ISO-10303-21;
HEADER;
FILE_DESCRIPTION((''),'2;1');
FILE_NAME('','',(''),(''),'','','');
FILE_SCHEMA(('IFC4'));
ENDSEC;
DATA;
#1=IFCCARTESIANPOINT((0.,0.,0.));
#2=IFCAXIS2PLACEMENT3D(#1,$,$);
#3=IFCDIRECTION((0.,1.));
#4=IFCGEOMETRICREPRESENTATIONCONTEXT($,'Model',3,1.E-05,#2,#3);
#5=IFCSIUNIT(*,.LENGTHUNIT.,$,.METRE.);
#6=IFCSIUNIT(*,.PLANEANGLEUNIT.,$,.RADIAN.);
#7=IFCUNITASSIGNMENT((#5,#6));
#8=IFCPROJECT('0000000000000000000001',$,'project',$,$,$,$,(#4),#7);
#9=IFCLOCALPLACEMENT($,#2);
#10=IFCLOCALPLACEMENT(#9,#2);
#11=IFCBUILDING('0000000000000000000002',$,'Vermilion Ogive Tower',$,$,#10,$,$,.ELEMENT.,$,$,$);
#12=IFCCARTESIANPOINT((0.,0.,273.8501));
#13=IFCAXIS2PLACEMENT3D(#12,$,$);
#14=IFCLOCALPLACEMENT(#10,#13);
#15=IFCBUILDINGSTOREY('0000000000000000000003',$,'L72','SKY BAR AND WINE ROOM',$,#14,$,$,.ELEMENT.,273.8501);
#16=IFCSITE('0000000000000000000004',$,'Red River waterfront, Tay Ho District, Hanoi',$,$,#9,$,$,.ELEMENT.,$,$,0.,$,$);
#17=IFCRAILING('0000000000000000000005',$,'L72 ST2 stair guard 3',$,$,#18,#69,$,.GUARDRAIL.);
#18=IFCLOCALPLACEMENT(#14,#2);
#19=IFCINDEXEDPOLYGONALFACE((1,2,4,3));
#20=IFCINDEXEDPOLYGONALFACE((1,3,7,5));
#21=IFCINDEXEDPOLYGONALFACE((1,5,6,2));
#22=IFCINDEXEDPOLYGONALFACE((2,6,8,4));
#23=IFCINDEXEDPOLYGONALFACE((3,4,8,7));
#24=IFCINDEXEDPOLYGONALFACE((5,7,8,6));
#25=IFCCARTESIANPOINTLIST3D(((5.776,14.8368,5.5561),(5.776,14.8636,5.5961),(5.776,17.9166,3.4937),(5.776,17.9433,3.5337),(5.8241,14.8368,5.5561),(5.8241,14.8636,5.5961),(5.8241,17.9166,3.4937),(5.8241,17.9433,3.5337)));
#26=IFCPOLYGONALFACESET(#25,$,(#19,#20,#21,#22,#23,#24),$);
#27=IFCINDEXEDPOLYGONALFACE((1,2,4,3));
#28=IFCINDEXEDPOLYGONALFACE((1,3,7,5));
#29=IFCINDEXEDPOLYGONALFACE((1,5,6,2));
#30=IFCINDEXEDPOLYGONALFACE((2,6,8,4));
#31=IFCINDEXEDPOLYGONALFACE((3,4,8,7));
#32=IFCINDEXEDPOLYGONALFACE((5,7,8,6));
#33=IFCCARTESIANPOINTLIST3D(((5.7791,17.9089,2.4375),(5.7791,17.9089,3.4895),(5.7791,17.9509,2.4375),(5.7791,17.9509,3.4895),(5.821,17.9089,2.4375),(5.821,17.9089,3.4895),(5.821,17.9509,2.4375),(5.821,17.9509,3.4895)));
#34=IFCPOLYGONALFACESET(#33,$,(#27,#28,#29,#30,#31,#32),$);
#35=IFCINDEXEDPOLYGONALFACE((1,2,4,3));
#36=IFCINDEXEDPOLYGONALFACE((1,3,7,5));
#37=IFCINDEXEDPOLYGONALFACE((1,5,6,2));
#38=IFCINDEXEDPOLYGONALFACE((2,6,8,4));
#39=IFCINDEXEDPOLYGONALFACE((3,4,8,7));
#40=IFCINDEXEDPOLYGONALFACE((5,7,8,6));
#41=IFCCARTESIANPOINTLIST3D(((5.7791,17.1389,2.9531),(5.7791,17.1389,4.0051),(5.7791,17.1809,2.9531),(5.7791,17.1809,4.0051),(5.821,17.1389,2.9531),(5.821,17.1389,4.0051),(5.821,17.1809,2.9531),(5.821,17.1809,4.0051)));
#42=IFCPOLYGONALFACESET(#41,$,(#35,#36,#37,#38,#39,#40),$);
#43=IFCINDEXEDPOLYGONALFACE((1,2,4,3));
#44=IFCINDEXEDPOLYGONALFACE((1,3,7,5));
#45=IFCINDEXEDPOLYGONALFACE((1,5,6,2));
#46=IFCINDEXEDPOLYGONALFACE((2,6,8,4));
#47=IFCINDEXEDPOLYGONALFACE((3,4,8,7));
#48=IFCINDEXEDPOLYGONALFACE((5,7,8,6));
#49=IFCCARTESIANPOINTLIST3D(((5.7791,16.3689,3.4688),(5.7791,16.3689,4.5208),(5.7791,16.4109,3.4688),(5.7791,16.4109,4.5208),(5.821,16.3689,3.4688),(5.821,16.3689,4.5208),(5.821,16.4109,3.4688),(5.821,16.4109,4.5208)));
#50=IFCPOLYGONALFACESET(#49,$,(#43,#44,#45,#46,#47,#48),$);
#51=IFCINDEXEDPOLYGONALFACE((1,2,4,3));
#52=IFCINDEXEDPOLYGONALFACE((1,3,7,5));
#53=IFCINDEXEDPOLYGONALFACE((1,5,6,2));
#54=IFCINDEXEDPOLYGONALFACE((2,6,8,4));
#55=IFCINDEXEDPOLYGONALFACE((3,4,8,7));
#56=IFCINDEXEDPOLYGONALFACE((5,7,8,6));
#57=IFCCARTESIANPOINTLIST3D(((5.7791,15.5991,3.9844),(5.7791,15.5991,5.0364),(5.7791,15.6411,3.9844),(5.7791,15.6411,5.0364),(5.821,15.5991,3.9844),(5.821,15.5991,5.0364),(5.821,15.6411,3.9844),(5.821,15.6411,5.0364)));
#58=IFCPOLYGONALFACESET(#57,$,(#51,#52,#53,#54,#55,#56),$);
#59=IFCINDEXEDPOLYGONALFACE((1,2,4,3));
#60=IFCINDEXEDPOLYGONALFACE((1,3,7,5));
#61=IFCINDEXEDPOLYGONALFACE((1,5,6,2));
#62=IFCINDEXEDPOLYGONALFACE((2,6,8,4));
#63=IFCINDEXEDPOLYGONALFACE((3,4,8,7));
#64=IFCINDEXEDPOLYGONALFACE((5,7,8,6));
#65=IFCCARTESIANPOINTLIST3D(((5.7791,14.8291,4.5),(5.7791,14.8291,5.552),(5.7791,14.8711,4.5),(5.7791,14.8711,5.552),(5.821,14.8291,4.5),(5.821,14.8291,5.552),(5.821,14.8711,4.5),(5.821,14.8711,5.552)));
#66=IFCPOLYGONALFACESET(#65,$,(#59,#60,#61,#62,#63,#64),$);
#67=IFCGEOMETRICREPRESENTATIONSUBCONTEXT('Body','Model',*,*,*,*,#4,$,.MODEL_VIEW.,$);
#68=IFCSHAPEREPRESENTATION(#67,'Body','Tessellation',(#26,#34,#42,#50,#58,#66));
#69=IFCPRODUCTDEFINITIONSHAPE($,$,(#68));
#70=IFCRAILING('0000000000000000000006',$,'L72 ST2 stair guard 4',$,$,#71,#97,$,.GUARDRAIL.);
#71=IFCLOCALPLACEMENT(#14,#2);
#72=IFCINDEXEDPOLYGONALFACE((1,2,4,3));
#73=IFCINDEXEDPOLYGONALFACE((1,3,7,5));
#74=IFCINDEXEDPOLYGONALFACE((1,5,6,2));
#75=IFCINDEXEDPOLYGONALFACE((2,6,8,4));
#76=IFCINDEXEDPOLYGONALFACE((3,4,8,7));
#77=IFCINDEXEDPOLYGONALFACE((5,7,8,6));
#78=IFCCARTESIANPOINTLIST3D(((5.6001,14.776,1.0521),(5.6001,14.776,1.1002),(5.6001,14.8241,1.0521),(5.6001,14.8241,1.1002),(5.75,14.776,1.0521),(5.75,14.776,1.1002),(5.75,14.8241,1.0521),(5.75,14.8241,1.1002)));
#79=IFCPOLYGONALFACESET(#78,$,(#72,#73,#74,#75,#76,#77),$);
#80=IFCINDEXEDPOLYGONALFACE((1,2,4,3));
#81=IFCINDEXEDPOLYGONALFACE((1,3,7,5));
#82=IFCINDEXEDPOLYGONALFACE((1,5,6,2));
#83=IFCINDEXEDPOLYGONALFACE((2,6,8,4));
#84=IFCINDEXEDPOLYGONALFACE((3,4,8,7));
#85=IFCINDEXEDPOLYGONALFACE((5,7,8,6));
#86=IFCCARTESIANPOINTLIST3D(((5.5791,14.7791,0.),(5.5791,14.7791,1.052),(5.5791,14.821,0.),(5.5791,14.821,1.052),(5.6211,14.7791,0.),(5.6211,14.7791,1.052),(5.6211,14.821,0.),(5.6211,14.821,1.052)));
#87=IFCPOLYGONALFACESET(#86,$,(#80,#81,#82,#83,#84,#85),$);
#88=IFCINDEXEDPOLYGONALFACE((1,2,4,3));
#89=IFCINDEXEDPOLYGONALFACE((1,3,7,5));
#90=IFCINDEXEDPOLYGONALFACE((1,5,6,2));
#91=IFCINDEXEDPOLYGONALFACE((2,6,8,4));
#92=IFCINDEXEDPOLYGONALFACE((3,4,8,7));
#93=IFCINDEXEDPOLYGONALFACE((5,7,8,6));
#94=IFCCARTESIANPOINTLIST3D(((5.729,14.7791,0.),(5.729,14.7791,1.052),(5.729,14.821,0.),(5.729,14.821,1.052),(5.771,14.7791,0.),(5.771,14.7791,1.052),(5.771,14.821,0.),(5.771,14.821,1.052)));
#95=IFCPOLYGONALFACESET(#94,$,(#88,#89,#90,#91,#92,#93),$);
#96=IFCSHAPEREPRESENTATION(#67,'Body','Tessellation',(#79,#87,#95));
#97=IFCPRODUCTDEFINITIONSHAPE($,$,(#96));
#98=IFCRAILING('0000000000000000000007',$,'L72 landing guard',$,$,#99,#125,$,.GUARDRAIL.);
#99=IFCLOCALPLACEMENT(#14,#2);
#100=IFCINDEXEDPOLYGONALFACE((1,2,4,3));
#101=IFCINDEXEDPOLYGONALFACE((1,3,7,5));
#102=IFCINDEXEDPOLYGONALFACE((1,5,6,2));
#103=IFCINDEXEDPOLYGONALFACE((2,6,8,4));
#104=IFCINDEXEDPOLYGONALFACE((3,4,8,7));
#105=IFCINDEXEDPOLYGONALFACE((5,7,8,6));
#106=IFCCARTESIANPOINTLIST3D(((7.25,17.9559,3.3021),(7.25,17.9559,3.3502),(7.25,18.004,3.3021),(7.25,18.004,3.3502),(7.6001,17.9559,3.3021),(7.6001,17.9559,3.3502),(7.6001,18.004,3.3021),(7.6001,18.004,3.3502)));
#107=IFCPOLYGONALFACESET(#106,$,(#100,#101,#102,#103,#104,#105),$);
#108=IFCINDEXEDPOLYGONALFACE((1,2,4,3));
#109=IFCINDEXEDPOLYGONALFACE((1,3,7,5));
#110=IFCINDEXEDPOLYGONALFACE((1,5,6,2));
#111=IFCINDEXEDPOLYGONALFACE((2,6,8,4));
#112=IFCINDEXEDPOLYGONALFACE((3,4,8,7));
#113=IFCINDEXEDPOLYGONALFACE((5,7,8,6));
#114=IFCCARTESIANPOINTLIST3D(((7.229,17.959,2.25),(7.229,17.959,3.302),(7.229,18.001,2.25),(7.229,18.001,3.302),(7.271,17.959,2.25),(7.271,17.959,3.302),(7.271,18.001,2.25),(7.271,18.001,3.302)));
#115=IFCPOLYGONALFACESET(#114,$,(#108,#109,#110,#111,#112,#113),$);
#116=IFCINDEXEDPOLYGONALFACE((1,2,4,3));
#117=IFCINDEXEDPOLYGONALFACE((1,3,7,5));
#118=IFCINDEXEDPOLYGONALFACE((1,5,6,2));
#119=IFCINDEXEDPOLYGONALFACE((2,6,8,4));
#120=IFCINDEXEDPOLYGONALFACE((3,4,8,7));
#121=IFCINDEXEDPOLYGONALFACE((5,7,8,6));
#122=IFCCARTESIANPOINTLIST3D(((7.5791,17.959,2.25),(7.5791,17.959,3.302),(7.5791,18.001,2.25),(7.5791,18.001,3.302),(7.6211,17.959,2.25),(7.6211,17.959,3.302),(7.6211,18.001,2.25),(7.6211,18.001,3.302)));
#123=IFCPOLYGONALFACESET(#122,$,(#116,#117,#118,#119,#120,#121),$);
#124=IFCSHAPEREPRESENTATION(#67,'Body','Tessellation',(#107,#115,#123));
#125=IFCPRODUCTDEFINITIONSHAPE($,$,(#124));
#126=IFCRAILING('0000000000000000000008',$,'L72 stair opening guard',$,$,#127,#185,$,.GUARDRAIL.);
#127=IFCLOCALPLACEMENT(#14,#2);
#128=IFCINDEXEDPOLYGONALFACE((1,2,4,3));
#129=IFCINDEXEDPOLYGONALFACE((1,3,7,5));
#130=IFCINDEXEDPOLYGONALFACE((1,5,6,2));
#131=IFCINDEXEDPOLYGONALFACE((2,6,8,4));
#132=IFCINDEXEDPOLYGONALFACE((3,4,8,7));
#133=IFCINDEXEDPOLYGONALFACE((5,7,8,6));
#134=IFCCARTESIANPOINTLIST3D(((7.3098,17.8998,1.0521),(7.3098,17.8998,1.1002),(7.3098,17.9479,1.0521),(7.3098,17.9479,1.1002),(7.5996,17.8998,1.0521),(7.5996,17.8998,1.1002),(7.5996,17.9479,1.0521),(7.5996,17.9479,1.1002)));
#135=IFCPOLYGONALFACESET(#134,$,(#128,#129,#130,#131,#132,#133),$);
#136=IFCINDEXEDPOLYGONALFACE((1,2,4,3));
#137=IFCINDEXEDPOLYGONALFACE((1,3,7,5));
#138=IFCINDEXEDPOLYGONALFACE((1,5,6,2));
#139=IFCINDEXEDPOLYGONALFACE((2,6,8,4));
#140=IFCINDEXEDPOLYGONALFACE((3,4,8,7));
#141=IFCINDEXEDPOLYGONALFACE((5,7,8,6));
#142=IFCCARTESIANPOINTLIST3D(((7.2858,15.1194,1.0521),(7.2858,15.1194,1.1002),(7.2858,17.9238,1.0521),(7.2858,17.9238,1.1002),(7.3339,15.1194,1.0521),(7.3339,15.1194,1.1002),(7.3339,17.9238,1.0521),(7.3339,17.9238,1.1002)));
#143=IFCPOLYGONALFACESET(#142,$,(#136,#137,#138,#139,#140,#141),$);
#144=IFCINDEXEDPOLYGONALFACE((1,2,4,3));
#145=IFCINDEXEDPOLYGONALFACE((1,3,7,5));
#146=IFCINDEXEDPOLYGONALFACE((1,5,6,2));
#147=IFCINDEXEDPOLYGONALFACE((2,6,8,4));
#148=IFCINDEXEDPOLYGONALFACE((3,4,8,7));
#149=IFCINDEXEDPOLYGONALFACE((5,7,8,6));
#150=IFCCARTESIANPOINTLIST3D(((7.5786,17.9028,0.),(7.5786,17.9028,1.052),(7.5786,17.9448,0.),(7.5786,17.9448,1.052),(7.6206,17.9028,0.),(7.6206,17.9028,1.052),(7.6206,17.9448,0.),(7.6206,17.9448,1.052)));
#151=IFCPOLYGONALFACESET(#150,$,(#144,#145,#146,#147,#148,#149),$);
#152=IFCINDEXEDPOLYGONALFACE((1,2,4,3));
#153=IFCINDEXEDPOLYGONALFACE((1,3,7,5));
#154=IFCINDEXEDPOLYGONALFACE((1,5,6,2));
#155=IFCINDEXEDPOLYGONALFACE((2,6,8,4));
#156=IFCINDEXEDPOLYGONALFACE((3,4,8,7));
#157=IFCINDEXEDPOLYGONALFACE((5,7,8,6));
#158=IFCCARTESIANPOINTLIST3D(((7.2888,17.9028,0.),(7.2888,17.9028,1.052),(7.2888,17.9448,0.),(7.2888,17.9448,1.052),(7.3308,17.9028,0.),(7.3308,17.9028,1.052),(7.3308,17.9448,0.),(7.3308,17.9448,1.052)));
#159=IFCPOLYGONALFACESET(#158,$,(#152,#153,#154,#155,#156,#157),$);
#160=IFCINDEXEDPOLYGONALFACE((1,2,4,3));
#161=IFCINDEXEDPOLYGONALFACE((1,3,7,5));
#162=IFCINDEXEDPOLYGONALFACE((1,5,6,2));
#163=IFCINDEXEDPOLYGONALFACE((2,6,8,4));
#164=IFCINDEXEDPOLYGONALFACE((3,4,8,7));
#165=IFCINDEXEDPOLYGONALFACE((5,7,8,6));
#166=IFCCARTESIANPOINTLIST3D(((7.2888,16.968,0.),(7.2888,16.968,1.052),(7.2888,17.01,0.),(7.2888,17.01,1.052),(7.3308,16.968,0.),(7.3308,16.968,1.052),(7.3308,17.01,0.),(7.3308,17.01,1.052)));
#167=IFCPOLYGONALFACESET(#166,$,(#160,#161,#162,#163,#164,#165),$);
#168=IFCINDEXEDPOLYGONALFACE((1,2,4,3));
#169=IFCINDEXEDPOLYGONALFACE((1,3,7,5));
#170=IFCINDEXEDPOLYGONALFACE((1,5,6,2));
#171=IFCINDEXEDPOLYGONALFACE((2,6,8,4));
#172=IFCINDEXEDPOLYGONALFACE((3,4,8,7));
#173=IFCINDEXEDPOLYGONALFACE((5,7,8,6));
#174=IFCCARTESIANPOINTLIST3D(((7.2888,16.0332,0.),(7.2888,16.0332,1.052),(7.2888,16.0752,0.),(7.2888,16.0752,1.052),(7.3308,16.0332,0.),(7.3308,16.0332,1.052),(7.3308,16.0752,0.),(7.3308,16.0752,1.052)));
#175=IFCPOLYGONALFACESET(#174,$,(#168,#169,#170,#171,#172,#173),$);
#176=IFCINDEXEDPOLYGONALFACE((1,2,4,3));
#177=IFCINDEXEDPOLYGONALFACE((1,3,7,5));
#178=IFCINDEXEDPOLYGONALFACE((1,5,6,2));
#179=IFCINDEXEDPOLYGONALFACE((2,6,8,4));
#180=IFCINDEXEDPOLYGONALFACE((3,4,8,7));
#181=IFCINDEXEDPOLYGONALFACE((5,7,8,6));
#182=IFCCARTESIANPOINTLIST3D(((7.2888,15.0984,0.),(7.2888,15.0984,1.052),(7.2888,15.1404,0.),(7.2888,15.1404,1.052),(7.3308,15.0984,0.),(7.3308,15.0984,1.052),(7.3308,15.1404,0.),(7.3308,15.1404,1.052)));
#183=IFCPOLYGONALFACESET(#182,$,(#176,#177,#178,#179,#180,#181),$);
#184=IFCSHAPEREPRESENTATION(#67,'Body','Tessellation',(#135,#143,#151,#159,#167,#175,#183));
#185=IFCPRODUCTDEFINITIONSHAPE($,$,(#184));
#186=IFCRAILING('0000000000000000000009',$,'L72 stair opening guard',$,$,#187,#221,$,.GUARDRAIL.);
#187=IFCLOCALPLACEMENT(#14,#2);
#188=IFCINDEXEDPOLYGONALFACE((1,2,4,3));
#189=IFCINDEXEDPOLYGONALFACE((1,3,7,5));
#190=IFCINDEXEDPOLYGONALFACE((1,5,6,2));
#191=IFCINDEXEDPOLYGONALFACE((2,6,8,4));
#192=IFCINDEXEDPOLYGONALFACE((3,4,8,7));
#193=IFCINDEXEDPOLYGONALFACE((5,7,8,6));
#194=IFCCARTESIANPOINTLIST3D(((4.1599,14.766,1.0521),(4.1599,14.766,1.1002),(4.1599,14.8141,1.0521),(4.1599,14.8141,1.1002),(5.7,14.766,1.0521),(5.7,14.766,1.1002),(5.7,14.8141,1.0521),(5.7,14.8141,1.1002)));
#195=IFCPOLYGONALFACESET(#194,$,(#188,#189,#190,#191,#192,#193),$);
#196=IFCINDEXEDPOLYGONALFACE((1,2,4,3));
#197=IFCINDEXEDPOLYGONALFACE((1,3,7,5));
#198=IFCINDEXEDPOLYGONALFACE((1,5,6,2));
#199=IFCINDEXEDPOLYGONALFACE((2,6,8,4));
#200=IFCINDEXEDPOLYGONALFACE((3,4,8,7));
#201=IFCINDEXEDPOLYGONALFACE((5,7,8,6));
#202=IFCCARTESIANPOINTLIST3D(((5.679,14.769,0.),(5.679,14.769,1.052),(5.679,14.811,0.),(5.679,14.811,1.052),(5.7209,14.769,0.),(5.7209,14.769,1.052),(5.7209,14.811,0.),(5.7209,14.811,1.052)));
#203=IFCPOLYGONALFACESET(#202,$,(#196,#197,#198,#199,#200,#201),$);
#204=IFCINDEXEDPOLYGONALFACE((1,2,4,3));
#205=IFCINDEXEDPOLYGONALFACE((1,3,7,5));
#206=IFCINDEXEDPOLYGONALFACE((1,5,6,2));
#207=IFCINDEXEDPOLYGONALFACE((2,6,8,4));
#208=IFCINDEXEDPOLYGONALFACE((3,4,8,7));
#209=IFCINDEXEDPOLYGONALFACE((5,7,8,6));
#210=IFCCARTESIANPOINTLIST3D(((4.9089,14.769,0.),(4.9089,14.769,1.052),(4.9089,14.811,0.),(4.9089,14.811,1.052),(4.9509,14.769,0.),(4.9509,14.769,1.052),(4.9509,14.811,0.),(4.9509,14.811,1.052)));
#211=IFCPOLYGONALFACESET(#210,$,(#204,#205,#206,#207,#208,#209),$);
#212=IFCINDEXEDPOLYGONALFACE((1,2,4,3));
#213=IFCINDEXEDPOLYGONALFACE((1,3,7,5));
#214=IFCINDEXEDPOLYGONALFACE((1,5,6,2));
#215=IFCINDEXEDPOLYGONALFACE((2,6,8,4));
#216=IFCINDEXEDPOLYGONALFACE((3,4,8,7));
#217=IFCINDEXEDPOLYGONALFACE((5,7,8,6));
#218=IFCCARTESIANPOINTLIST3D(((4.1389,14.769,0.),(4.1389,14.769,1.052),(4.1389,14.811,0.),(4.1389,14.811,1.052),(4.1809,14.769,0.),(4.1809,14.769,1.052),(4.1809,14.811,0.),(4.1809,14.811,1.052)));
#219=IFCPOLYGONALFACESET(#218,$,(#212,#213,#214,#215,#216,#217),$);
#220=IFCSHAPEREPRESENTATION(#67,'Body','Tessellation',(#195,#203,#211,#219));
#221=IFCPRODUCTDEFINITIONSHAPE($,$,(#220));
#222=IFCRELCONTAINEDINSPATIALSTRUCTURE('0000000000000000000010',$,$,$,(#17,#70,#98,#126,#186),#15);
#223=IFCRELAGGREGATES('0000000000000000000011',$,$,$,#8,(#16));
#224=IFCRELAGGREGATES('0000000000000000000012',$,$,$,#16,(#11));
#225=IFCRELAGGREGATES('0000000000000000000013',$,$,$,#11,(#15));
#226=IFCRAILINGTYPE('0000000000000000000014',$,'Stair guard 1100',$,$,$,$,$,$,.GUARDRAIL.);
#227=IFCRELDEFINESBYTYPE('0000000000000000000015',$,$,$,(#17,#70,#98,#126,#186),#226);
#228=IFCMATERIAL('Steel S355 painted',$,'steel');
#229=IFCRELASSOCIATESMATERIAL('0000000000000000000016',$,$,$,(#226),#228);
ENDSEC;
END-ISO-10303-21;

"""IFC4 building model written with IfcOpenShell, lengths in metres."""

from ifc_helpers import new_model, si_unit, direction, frame, origin, origin_2d, place, context, subcontext, project, spatial, rectangle, extrude, material, type_object, element, save


model = new_model("IFC4")

# Units and contexts
model_context = context("Model", 3, precision=1e-05, world=origin(), true_north=direction((0.0, 1.0)))
body_context = subcontext(model_context, "Body", "Model", "MODEL_VIEW")
ifc_project = project(units=[si_unit("LENGTHUNIT", "METRE"), si_unit("PLANEANGLEUNIT", "RADIAN")], contexts=[model_context])

# Site, building, storey
site_placement = place(None, origin())
site = spatial("IfcSite", under=ifc_project, at=site_placement, Name="Red River waterfront, Tay Ho District, Hanoi", CompositionType="ELEMENT", RefElevation=0.0)
building_placement = place(site_placement, origin())
building = spatial("IfcBuilding", under=site, at=building_placement, Name="Vermilion Ogive Tower", CompositionType="ELEMENT")
storey_placement = place(building_placement, frame((0.0, 0.0, 273.8501)))
storey = spatial("IfcBuildingStorey", under=building, at=storey_placement, Name="L72", Description="SKY BAR AND WINE ROOM", CompositionType="ELEMENT", Elevation=273.8501)

# Railings
ifc_material_1 = material(Name="Steel S355 painted", Category="steel")
railing_type_1 = type_object("IfcRailingType", Name="Stair guard 1100", PredefinedType="GUARDRAIL", material=ifc_material_1)
railing_1_placement = place(storey_placement, frame((5.8, 17.9299, 2.4375)))
element("IfcRailing", 1, at=railing_1_placement, inside=storey, type_object=railing_type_1, Name="L72 ST2 stair guard 3", PredefinedType="GUARDRAIL", context=body_context, shape_type="SweptSolid", body=[
    extrude(rectangle(XDim=0.0481, YDim=0.0481, at=origin_2d()), frame((0.0, 0.0, 1.0762), z_axis=(0.0, -0.830893, 0.556432), x_axis=(1.0, 0.0, 0.0)), (0.0, 0.0, 1.0), 3.7065),
    extrude(rectangle(XDim=0.042, YDim=0.042, at=origin_2d()), origin(), (0.0, 0.0, 1.0), 1.052),
    extrude(rectangle(XDim=0.042, YDim=0.042, at=origin_2d()), frame((0.0, -0.77, 0.5156)), (0.0, 0.0, 1.0), 1.052),
    extrude(rectangle(XDim=0.042, YDim=0.042, at=origin_2d()), frame((0.0, -1.54, 1.0312)), (0.0, 0.0, 1.0), 1.052),
    extrude(rectangle(XDim=0.042, YDim=0.042, at=origin_2d()), frame((0.0, -2.3098, 1.5469)), (0.0, 0.0, 1.0), 1.052),
    extrude(rectangle(XDim=0.042, YDim=0.042, at=origin_2d()), frame((0.0, -3.0798, 2.0625)), (0.0, 0.0, 1.0), 1.052),
])
railing_2_placement = place(storey_placement, frame((5.6001, 14.8, 0.0)))
element("IfcRailing", 2, at=railing_2_placement, inside=storey, type_object=railing_type_1, Name="L72 ST2 stair guard 4", PredefinedType="GUARDRAIL", context=body_context, shape_type="SweptSolid", body=[
    extrude(rectangle(XDim=0.0481, YDim=0.0481, at=origin_2d()), frame((0.0, 0.0, 1.0762), z_axis=(1.0, 0.0, 0.0), x_axis=(0.0, 1.0, 0.0)), (0.0, 0.0, 1.0), 0.1499),
    extrude(rectangle(XDim=0.042, YDim=0.042, at=origin_2d()), origin(), (0.0, 0.0, 1.0), 1.052),
    extrude(rectangle(XDim=0.042, YDim=0.042, at=origin_2d()), frame((0.1499, 0.0, 0.0)), (0.0, 0.0, 1.0), 1.052),
])
railing_3_placement = place(storey_placement, frame((7.25, 17.98, 2.25)))
element("IfcRailing", 3, at=railing_3_placement, inside=storey, type_object=railing_type_1, Name="L72 landing guard", PredefinedType="GUARDRAIL", context=body_context, shape_type="SweptSolid", body=[
    extrude(rectangle(XDim=0.0481, YDim=0.0481, at=origin_2d()), frame((0.0, 0.0, 1.0762), z_axis=(1.0, 0.0, 0.0), x_axis=(0.0, 1.0, 0.0)), (0.0, 0.0, 1.0), 0.3501),
    extrude(rectangle(XDim=0.042, YDim=0.042, at=origin_2d()), origin(), (0.0, 0.0, 1.0), 1.052),
    extrude(rectangle(XDim=0.042, YDim=0.042, at=origin_2d()), frame((0.3501, 0.0, 0.0)), (0.0, 0.0, 1.0), 1.052),
])
railing_4_placement = place(storey_placement, frame((7.5996, 17.9238, 0.0)))
element("IfcRailing", 4, at=railing_4_placement, inside=storey, type_object=railing_type_1, Name="L72 stair opening guard", PredefinedType="GUARDRAIL", context=body_context, shape_type="SweptSolid", body=[
    extrude(rectangle(XDim=0.0481, YDim=0.0481, at=origin_2d()), frame((0.0, 0.0, 1.0762), z_axis=(-1.0, 0.0, 0.0), x_axis=(0.0, -1.0, 0.0)), (0.0, 0.0, 1.0), 0.2898),
    extrude(rectangle(XDim=0.0481, YDim=0.0481, at=origin_2d()), frame((-0.2898, 0.0, 1.0762), z_axis=(0.0, -1.0, 0.0), x_axis=(1.0, 0.0, 0.0)), (0.0, 0.0, 1.0), 2.8044),
    extrude(rectangle(XDim=0.042, YDim=0.042, at=origin_2d()), origin(), (0.0, 0.0, 1.0), 1.052),
    extrude(rectangle(XDim=0.042, YDim=0.042, at=origin_2d()), frame((-0.2898, 0.0, 0.0)), (0.0, 0.0, 1.0), 1.052),
    extrude(rectangle(XDim=0.042, YDim=0.042, at=origin_2d()), frame((-0.2898, -0.9348, 0.0)), (0.0, 0.0, 1.0), 1.052),
    extrude(rectangle(XDim=0.042, YDim=0.042, at=origin_2d()), frame((-0.2898, -1.8696, 0.0)), (0.0, 0.0, 1.0), 1.052),
    extrude(rectangle(XDim=0.042, YDim=0.042, at=origin_2d()), frame((-0.2898, -2.8044, 0.0)), (0.0, 0.0, 1.0), 1.052),
])
railing_5_placement = place(storey_placement, frame((5.7, 14.79, 0.0)))
element("IfcRailing", 5, at=railing_5_placement, inside=storey, type_object=railing_type_1, Name="L72 stair opening guard", PredefinedType="GUARDRAIL", context=body_context, shape_type="SweptSolid", body=[
    extrude(rectangle(XDim=0.0481, YDim=0.0481, at=origin_2d()), frame((0.0, 0.0, 1.0762), z_axis=(-1.0, 0.0, 0.0), x_axis=(0.0, -1.0, 0.0)), (0.0, 0.0, 1.0), 1.54),
    extrude(rectangle(XDim=0.042, YDim=0.042, at=origin_2d()), origin(), (0.0, 0.0, 1.0), 1.052),
    extrude(rectangle(XDim=0.042, YDim=0.042, at=origin_2d()), frame((-0.77, 0.0, 0.0)), (0.0, 0.0, 1.0), 1.052),
    extrude(rectangle(XDim=0.042, YDim=0.042, at=origin_2d()), frame((-1.54, 0.0, 0.0)), (0.0, 0.0, 1.0), 1.052),
])

save(model, "model.ifc")
